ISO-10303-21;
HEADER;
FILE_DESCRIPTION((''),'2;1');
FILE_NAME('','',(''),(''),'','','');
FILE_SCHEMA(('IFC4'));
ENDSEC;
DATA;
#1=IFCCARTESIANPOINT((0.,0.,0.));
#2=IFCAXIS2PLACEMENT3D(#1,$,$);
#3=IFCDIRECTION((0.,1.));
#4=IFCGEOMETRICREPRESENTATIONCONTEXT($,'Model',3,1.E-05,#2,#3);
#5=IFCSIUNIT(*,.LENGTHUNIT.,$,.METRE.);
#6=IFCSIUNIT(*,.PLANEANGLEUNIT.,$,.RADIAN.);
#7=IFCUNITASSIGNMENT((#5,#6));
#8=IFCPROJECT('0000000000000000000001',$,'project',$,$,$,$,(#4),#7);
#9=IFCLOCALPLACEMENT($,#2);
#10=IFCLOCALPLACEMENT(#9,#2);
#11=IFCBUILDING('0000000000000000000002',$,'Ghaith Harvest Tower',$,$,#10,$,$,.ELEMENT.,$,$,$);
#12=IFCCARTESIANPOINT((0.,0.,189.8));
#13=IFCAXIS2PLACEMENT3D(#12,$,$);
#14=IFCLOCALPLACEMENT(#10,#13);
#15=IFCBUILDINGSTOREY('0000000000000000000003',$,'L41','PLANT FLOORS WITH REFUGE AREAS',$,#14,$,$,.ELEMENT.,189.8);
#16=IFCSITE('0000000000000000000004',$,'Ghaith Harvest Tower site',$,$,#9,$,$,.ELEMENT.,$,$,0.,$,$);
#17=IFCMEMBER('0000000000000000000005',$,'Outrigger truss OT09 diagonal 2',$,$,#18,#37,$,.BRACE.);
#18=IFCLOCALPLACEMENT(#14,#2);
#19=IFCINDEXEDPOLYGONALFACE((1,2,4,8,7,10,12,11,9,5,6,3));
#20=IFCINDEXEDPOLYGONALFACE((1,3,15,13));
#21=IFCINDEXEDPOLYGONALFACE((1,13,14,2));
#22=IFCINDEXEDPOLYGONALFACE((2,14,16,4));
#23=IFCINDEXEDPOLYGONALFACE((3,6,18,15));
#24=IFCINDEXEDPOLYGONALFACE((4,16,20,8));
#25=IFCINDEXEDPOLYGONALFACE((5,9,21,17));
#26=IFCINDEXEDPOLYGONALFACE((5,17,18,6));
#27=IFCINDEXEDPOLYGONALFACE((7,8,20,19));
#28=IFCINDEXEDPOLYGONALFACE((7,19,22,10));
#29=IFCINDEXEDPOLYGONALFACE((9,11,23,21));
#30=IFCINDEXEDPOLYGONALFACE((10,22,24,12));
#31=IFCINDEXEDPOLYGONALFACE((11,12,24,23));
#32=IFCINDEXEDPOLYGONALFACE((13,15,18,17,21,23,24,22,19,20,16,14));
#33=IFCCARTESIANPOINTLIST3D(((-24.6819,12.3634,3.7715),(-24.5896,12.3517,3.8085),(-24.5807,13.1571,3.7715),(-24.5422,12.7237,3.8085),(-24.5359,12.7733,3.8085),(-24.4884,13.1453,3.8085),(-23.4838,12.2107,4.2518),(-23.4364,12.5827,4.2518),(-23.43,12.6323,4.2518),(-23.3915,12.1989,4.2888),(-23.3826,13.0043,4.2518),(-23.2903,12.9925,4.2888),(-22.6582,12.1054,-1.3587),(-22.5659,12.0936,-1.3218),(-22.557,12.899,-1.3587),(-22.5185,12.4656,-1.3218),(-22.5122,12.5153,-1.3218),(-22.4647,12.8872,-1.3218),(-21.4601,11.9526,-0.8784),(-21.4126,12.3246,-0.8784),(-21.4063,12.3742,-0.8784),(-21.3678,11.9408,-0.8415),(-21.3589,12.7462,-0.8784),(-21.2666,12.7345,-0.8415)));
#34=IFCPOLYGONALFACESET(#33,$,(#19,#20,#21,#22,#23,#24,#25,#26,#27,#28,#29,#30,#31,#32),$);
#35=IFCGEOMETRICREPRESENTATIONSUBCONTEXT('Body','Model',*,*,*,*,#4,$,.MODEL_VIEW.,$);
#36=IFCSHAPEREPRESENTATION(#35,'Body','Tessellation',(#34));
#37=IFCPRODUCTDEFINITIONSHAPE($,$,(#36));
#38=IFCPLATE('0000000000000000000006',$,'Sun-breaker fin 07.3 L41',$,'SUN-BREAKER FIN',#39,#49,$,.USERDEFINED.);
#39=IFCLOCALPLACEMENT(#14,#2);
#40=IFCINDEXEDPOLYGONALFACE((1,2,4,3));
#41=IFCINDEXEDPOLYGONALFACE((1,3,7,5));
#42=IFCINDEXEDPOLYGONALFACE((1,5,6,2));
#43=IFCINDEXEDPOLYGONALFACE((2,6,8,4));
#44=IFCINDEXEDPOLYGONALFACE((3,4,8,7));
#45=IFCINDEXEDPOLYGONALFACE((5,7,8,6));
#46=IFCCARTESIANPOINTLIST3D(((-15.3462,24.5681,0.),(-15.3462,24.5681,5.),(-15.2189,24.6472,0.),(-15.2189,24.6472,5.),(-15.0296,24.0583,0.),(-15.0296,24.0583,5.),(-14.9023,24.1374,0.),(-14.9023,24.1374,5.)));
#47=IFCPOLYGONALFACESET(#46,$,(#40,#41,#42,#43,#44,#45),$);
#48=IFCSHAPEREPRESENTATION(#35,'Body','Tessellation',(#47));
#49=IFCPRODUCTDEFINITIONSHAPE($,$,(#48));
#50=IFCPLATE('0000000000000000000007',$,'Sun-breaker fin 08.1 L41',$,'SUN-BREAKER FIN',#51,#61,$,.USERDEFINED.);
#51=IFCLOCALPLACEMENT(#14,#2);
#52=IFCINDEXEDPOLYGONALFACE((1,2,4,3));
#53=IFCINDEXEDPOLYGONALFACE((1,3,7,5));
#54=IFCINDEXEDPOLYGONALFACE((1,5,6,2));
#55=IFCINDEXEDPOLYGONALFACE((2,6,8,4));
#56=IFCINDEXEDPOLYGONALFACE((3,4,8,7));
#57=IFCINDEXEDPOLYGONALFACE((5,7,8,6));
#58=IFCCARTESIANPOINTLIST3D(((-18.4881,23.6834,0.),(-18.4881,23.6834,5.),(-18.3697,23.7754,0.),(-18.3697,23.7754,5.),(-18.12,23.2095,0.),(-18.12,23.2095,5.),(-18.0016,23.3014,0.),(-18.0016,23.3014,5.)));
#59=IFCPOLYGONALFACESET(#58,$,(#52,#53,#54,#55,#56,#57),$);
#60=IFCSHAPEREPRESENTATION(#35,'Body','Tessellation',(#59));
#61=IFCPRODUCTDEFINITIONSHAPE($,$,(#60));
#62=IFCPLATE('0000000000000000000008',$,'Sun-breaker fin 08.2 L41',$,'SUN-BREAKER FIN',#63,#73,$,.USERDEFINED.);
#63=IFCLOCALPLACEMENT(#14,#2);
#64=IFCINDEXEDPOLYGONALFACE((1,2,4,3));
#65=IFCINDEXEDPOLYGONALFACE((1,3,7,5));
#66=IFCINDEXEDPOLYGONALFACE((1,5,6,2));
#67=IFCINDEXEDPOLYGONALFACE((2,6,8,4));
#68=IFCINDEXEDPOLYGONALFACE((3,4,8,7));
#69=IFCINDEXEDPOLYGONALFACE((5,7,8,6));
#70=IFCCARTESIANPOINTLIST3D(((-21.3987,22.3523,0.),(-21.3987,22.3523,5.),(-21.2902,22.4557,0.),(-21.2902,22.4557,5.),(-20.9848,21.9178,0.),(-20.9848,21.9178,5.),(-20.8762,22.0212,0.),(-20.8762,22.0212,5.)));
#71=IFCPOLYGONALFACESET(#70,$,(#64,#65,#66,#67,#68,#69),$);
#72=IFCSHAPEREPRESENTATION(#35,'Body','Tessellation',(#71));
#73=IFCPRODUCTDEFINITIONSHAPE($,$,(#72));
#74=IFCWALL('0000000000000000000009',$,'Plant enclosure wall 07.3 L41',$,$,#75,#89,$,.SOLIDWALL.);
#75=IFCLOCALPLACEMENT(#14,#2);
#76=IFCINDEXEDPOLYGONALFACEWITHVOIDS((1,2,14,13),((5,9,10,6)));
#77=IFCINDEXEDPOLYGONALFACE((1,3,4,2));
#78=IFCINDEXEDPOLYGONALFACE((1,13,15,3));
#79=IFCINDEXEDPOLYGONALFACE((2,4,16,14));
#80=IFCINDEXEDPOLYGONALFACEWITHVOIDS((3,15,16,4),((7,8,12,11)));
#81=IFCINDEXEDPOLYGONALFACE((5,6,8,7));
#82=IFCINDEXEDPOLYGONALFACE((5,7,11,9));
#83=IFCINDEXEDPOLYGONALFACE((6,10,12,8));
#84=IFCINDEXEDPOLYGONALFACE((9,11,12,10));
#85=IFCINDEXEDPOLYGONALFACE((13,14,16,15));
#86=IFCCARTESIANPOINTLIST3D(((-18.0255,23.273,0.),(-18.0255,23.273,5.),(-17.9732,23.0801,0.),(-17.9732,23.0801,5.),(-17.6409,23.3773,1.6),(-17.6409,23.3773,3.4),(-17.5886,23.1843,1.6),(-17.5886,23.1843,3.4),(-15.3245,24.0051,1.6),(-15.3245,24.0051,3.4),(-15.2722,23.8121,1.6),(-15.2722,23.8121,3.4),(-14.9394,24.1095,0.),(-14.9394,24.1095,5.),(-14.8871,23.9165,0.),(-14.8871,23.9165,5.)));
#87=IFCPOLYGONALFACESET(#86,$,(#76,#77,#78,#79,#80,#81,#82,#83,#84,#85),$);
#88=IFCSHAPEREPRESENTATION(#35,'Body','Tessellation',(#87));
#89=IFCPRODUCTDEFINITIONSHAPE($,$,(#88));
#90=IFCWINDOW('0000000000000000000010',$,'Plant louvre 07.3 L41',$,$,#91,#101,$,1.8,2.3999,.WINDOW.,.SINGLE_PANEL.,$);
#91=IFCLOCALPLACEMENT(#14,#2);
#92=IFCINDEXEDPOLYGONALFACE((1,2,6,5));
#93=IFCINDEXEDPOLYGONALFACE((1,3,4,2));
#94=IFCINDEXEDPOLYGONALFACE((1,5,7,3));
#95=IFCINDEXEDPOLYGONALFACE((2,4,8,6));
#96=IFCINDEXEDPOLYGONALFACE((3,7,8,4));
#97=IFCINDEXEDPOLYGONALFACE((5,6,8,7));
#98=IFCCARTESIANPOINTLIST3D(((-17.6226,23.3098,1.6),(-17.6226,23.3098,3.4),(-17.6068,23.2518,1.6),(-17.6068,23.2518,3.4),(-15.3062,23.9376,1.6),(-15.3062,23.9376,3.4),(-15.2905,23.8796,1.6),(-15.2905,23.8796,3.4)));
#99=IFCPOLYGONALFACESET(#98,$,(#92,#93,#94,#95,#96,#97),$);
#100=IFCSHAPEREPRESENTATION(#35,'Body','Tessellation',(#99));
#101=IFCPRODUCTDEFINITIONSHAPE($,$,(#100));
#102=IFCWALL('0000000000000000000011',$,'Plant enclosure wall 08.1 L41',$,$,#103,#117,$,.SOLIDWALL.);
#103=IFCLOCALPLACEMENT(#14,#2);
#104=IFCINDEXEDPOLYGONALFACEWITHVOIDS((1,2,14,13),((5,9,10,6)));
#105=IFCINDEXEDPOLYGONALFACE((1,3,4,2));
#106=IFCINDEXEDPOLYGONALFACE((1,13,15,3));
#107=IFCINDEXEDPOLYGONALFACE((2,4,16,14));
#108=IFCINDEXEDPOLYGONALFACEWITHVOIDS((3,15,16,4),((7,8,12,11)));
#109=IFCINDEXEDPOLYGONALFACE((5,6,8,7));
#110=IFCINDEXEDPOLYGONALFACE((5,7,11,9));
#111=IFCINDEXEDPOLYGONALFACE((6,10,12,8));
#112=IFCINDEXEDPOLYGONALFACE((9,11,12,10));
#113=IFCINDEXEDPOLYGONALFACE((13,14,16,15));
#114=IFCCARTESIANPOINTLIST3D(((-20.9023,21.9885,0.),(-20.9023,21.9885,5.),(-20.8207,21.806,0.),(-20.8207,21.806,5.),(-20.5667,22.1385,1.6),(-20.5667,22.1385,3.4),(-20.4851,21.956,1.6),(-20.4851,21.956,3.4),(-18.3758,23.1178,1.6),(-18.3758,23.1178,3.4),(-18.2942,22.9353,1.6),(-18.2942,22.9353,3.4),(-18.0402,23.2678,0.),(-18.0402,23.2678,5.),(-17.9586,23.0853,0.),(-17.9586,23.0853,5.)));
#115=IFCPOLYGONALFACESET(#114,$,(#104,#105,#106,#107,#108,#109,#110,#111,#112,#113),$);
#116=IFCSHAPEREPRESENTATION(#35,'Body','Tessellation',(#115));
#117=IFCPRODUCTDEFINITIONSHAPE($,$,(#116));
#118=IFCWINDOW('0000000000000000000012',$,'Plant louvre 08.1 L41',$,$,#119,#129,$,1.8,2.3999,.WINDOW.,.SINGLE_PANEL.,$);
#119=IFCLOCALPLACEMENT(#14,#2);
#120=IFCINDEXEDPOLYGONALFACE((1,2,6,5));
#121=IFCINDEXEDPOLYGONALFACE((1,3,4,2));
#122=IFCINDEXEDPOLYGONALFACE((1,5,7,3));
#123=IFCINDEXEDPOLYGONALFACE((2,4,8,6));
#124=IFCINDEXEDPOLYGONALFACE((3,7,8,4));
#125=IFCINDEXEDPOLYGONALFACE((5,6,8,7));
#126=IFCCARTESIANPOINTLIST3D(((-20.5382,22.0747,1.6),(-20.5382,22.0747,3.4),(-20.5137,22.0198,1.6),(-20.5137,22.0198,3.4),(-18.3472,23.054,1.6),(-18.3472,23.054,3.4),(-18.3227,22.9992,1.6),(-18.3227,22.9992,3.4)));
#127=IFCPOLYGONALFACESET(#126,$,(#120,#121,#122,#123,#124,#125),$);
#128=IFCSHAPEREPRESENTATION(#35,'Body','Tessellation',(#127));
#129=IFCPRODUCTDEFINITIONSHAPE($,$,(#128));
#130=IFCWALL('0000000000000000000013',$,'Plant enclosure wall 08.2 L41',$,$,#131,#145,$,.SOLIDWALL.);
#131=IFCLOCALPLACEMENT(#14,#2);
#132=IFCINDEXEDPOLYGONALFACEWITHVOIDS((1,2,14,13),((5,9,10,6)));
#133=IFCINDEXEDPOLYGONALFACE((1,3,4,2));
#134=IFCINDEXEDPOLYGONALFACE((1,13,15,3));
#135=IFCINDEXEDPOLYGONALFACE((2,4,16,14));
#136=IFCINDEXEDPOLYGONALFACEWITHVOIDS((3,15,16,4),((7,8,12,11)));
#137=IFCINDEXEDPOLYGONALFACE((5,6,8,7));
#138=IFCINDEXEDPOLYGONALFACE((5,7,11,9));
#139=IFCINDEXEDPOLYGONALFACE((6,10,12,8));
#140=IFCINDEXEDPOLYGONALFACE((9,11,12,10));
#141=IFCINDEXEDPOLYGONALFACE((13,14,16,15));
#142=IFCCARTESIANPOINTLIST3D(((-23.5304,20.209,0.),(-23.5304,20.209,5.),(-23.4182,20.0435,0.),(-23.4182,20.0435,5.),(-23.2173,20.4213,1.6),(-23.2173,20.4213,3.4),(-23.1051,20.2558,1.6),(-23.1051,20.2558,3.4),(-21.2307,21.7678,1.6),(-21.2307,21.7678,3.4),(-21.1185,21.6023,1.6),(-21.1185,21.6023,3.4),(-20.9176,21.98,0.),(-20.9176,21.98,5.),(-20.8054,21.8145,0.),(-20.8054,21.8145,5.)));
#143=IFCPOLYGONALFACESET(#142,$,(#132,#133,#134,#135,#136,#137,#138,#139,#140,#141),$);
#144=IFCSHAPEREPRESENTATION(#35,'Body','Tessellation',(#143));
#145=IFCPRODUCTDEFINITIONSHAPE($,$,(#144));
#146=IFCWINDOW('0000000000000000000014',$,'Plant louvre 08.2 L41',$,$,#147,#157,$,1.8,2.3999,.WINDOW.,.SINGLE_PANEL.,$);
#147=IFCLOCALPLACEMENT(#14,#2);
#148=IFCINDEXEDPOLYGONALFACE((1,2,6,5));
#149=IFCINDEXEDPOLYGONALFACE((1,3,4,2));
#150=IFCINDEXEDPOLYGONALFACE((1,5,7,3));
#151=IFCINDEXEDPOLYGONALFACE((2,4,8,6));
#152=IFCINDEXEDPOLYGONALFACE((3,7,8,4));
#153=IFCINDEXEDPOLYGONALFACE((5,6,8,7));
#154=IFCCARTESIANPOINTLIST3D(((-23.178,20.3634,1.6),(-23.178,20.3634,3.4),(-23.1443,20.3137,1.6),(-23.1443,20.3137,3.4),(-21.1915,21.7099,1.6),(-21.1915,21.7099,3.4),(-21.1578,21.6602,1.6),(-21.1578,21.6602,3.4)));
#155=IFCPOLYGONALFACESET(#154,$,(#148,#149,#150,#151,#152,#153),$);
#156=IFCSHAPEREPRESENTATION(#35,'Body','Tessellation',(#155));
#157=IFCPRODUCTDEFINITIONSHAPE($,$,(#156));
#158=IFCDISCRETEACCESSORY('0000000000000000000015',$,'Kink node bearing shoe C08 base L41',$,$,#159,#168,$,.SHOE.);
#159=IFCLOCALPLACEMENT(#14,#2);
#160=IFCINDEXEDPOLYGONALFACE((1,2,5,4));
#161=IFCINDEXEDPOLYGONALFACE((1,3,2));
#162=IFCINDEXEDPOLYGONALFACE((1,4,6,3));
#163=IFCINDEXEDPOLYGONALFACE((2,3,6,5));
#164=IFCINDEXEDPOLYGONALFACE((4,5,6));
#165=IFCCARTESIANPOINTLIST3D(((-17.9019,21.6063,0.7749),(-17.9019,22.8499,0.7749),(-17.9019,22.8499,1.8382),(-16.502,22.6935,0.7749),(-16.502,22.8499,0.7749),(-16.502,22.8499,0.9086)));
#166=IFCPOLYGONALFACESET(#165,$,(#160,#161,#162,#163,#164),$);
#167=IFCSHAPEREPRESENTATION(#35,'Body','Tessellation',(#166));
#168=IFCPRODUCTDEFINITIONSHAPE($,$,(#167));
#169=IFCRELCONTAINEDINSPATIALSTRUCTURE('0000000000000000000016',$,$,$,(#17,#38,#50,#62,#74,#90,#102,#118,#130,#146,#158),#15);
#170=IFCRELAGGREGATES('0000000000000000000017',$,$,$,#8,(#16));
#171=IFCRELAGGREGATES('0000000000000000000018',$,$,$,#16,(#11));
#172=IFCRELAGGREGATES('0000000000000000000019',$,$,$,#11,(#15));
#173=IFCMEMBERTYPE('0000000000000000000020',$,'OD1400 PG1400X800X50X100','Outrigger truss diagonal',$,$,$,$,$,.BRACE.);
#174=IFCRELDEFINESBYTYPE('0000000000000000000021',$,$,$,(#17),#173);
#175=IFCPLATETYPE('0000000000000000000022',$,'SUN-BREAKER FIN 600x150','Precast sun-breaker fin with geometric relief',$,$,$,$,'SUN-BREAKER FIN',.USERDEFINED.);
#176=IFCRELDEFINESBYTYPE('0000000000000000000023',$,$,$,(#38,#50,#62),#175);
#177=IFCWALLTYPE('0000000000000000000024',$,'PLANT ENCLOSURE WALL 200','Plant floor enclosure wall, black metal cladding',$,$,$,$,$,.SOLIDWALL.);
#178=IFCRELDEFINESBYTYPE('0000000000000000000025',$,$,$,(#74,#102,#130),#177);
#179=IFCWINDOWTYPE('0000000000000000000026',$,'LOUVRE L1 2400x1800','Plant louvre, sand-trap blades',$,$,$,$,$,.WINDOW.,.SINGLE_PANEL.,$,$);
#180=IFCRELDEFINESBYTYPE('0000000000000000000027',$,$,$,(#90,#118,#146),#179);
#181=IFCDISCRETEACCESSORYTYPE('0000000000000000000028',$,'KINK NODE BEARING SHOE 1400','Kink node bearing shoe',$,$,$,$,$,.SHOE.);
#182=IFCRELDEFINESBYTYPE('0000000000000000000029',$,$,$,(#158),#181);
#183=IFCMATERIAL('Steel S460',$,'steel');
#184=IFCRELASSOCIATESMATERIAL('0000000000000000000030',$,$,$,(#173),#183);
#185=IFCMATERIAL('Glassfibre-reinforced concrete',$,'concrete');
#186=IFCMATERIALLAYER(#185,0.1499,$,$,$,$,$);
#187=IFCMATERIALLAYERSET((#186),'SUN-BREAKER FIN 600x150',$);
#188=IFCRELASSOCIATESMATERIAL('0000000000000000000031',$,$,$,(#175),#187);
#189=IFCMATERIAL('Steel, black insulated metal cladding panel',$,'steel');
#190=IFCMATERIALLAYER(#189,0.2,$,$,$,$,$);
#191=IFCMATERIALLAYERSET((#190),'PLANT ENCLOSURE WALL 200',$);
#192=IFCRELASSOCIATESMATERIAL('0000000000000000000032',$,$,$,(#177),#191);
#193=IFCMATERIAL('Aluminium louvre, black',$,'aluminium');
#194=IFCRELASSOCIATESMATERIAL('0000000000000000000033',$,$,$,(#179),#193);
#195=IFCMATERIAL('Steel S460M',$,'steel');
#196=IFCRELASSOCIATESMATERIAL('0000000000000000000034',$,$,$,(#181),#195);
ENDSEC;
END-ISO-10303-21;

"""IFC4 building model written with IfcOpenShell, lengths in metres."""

from ifc_helpers import new_model, si_unit, direction, frame, frame_2d, origin, origin_2d, place, context, subcontext, project, spatial, rectangle, i_section, extrude, clip, halfspace, material, layer, layer_set, material_profile, profile_set, type_object, element, fill, save


model = new_model("IFC4")

# Units and contexts
model_context = context("Model", 3, precision=1e-05, world=origin(), true_north=direction((0.0, 1.0)))
body_context = subcontext(model_context, "Body", "Model", "MODEL_VIEW")
ifc_project = project(units=[si_unit("LENGTHUNIT", "METRE"), si_unit("PLANEANGLEUNIT", "RADIAN")], contexts=[model_context])

# Site, building, storey
site_placement = place(None, origin())
site = spatial("IfcSite", under=ifc_project, at=site_placement, Name="Ghaith Harvest Tower site", CompositionType="ELEMENT", RefElevation=0.0)
building_placement = place(site_placement, origin())
building = spatial("IfcBuilding", under=site, at=building_placement, Name="Ghaith Harvest Tower", CompositionType="ELEMENT")
storey_placement = place(building_placement, frame((0.0, 0.0, 189.8)))
storey = spatial("IfcBuildingStorey", under=building, at=storey_placement, Name="L41", Description="PLANT FLOORS WITH REFUGE AREAS", CompositionType="ELEMENT", Elevation=189.8)

# Member
ifc_material_1 = material(Name="Steel S460", Category="steel")
ifc_material_profile_1 = material_profile(ifc_material_1, i_section(OverallWidth=0.8, OverallDepth=1.3999, WebThickness=0.05, FlangeThickness=0.1001, at=origin_2d()), Name="PG1400X800X50X100")
ifc_profile_set_1 = profile_set([ifc_material_profile_1], Name="Steel S460")
member_type_1 = type_object("IfcMemberType", Name="OD1400 PG1400X800X50X100", Description="Outrigger truss diagonal", PredefinedType="BRACE", material=ifc_profile_set_1)
member_1_placement = place(storey_placement, frame((-21.9624, 12.4199, -1.1001), z_axis=(-0.366551, 0.046742, 0.929223), x_axis=(-0.126494, -0.991967, 0.0)))
element("IfcMember", 1, at=member_1_placement, inside=storey, type_object=member_type_1, Name="Outrigger truss OT09 diagonal 2", PredefinedType="BRACE", context=body_context, shape_type="SweptSolid", body=[
    extrude(i_section(OverallWidth=0.8, OverallDepth=1.3999, WebThickness=0.05, FlangeThickness=0.1001, at=origin_2d()), origin(), (0.0, 0.0, 1.0), 5.521),
])

# Plates
ifc_material_2 = material(Name="Glassfibre-reinforced concrete", Category="concrete")
ifc_layer_1 = layer(ifc_material_2, 0.1499)
ifc_layer_set_1 = layer_set([ifc_layer_1], Name="SUN-BREAKER FIN 600x150")
plate_type = type_object("IfcPlateType", Name="SUN-BREAKER FIN 600x150", Description="Precast sun-breaker fin with geometric relief", ElementType="SUN-BREAKER FIN", PredefinedType="USERDEFINED", material=ifc_layer_set_1)
for number, where, z_axis, x_axis, name in (
    (2, (-15.1243, 24.3528, 0.0), (0.0, 0.0, 1.0), (-0.527583, 0.849504, 0.0), "Sun-breaker fin 07.3 L41"),
    (3, (-18.2449, 23.4924, 0.0), (0.0, 0.0, 1.0), (-0.613378, 0.78979, 0.0), "Sun-breaker fin 08.1 L41"),
    (4, (-21.1375, 22.1868, 0.0), (0.0, 0.0, 1.0), (-0.689779, 0.72402, 0.0), "Sun-breaker fin 08.2 L41"),
):
    element("IfcPlate", number, at=place(storey_placement, frame(where, z_axis=z_axis, x_axis=x_axis)), inside=storey, type_object=plate_type, Name=name, ObjectType="SUN-BREAKER FIN", PredefinedType="USERDEFINED", context=body_context, shape_type="SweptSolid", body=[
        extrude(rectangle(XDim=0.6001, YDim=0.1499, at=origin_2d()), origin(), (0.0, 0.0, 1.0), 5.0),
    ])

# Walls, openings, windows
ifc_material_3 = material(Name="Steel, black insulated metal cladding panel", Category="steel")
ifc_layer_2 = layer(ifc_material_3, 0.2)
ifc_layer_set_2 = layer_set([ifc_layer_2], Name="PLANT ENCLOSURE WALL 200")
wall_type = type_object("IfcWallType", Name="PLANT ENCLOSURE WALL 200", Description="Plant floor enclosure wall, black metal cladding", PredefinedType="SOLIDWALL", material=ifc_layer_set_2)
wall_1_placement = place(storey_placement, frame((-14.9133, 24.0129, 0.0), z_axis=(0.0, 0.0, 1.0), x_axis=(-0.96518, -0.261586, 0.0)))
wall_1 = element("IfcWall", 5, at=wall_1_placement, inside=storey, type_object=wall_type, Name="Plant enclosure wall 07.3 L41", PredefinedType="SOLIDWALL", context=body_context, shape_type="SweptSolid", body=[
    extrude(rectangle(XDim=3.1975, YDim=0.2, at=frame_2d((1.5986, 0.0))), origin(), (0.0, 0.0, 1.0), 5.0),
])
opening_1_placement = place(wall_1_placement, frame((0.3989, 0.0, 1.6001)))
opening_1 = element("IfcOpeningElement", 6, at=opening_1_placement, cuts=wall_1, PredefinedType="OPENING", context=body_context, shape_type="SweptSolid", body=[
    extrude(rectangle(XDim=2.3999, YDim=1.8, at=frame_2d((1.2, 0.8999))), frame((0.0, 0.1099, 0.0), z_axis=(0.0, -1.0, 0.0), x_axis=(1.0, 0.0, 0.0)), (0.0, 0.0, 1.0), 0.22),
])
ifc_material_4 = material(Name="Aluminium louvre, black", Category="aluminium")
window_type = type_object("IfcWindowType", Name="LOUVRE L1 2400x1800", Description="Plant louvre, sand-trap blades", PartitioningType="SINGLE_PANEL", PredefinedType="WINDOW", material=ifc_material_4)
window_1_placement = place(opening_1_placement, origin())
window_1 = element("IfcWindow", 7, at=window_1_placement, inside=storey, type_object=window_type, Name="Plant louvre 07.3 L41", OverallHeight=1.8, OverallWidth=2.3999, PartitioningType="SINGLE_PANEL", PredefinedType="WINDOW", context=body_context, shape_type="SweptSolid", body=[
    extrude(rectangle(XDim=2.3999, YDim=1.8, at=frame_2d((1.2, 0.8999))), frame((0.0, 0.03, 0.0), z_axis=(0.0, -1.0, 0.0), x_axis=(1.0, 0.0, 0.0)), (0.0, 0.0, 1.0), 0.0601),
])
fill(opening_1, window_1)
wall_2_placement = place(storey_placement, frame((-17.9995, 23.1765, 0.0), z_axis=(0.0, 0.0, 1.0), x_axis=(-0.912949, -0.408074, 0.0)))
wall_2 = element("IfcWall", 8, at=wall_2_placement, inside=storey, type_object=wall_type, Name="Plant enclosure wall 08.1 L41", PredefinedType="SOLIDWALL", context=body_context, shape_type="SweptSolid", body=[
    extrude(rectangle(XDim=3.135, YDim=0.2, at=frame_2d((1.5674, 0.0))), origin(), (0.0, 0.0, 1.0), 5.0),
])
opening_2_placement = place(wall_2_placement, frame((0.3674, 0.0, 1.6001)))
opening_2 = element("IfcOpeningElement", 9, at=opening_2_placement, cuts=wall_2, PredefinedType="OPENING", context=body_context, shape_type="SweptSolid", body=[
    extrude(rectangle(XDim=2.3999, YDim=1.8, at=frame_2d((1.2, 0.8999))), frame((0.0, 0.1099, 0.0), z_axis=(0.0, -1.0, 0.0), x_axis=(1.0, 0.0, 0.0)), (0.0, 0.0, 1.0), 0.22),
])
window_2_placement = place(opening_2_placement, origin())
window_2 = element("IfcWindow", 10, at=window_2_placement, inside=storey, type_object=window_type, Name="Plant louvre 08.1 L41", OverallHeight=1.8, OverallWidth=2.3999, PartitioningType="SINGLE_PANEL", PredefinedType="WINDOW", context=body_context, shape_type="SweptSolid", body=[
    extrude(rectangle(XDim=2.3999, YDim=1.8, at=frame_2d((1.2, 0.8999))), frame((0.0, 0.03, 0.0), z_axis=(0.0, -1.0, 0.0), x_axis=(1.0, 0.0, 0.0)), (0.0, 0.0, 1.0), 0.0601),
])
fill(opening_2, window_2)
wall_3_placement = place(storey_placement, frame((-20.8616, 21.8972, 0.0), z_axis=(0.0, 0.0, 1.0), x_axis=(-0.827766, -0.561074, 0.0)))
wall_3 = element("IfcWall", 11, at=wall_3_placement, inside=storey, type_object=wall_type, Name="Plant enclosure wall 08.2 L41", PredefinedType="SOLIDWALL", context=body_context, shape_type="SweptSolid", body=[
    extrude(rectangle(XDim=3.1565, YDim=0.2, at=frame_2d((1.5781, 0.0))), origin(), (0.0, 0.0, 1.0), 5.0),
])
opening_3_placement = place(wall_3_placement, frame((0.3782, 0.0, 1.6001)))
opening_3 = element("IfcOpeningElement", 12, at=opening_3_placement, cuts=wall_3, PredefinedType="OPENING", context=body_context, shape_type="SweptSolid", body=[
    extrude(rectangle(XDim=2.3999, YDim=1.8, at=frame_2d((1.2, 0.8999))), frame((0.0, 0.1099, 0.0), z_axis=(0.0, -1.0, 0.0), x_axis=(1.0, 0.0, 0.0)), (0.0, 0.0, 1.0), 0.22),
])
window_3_placement = place(opening_3_placement, origin())
window_3 = element("IfcWindow", 13, at=window_3_placement, inside=storey, type_object=window_type, Name="Plant louvre 08.2 L41", OverallHeight=1.8, OverallWidth=2.3999, PartitioningType="SINGLE_PANEL", PredefinedType="WINDOW", context=body_context, shape_type="SweptSolid", body=[
    extrude(rectangle(XDim=2.3999, YDim=1.8, at=frame_2d((1.2, 0.8999))), frame((0.0, 0.03, 0.0), z_axis=(0.0, -1.0, 0.0), x_axis=(1.0, 0.0, 0.0)), (0.0, 0.0, 1.0), 0.0601),
])
fill(opening_3, window_3)

# Discrete accessory
ifc_material_5 = material(Name="Steel S460M", Category="steel")
ifc_material_profile_2 = material_profile(ifc_material_5, rectangle(XDim=1.3999, YDim=1.3999, at=origin_2d()), Name="KINK NODE BEARING SHOE 1400")
ifc_profile_set_2 = profile_set([ifc_material_profile_2], Name="Steel S460M")
discrete_accessory_type = type_object("IfcDiscreteAccessoryType", Name="KINK NODE BEARING SHOE 1400", Description="Kink node bearing shoe", PredefinedType="SHOE", material=ifc_profile_set_2)
discrete_accessory_1_placement = place(storey_placement, frame((-17.2019, 22.1499, 0.7749), z_axis=(0.0, 0.0, 1.0), x_axis=(1.0, 0.0, 0.0)))
element("IfcDiscreteAccessory", 14, at=discrete_accessory_1_placement, inside=storey, type_object=discrete_accessory_type, Name="Kink node bearing shoe C08 base L41", PredefinedType="SHOE", context=body_context, shape_type="Clipping", body=[
    clip(extrude(rectangle(XDim=1.3999, YDim=1.3999, at=origin_2d()), origin(), (0.0, 0.0, 1.0), 1.0735), halfspace(frame((0.0, 0.0, 0.0), z_axis=(0.450572, -0.580177, 0.678513), x_axis=(1.0, 0.0, 0.0)), False)),
])

save(model, "model.ifc")
